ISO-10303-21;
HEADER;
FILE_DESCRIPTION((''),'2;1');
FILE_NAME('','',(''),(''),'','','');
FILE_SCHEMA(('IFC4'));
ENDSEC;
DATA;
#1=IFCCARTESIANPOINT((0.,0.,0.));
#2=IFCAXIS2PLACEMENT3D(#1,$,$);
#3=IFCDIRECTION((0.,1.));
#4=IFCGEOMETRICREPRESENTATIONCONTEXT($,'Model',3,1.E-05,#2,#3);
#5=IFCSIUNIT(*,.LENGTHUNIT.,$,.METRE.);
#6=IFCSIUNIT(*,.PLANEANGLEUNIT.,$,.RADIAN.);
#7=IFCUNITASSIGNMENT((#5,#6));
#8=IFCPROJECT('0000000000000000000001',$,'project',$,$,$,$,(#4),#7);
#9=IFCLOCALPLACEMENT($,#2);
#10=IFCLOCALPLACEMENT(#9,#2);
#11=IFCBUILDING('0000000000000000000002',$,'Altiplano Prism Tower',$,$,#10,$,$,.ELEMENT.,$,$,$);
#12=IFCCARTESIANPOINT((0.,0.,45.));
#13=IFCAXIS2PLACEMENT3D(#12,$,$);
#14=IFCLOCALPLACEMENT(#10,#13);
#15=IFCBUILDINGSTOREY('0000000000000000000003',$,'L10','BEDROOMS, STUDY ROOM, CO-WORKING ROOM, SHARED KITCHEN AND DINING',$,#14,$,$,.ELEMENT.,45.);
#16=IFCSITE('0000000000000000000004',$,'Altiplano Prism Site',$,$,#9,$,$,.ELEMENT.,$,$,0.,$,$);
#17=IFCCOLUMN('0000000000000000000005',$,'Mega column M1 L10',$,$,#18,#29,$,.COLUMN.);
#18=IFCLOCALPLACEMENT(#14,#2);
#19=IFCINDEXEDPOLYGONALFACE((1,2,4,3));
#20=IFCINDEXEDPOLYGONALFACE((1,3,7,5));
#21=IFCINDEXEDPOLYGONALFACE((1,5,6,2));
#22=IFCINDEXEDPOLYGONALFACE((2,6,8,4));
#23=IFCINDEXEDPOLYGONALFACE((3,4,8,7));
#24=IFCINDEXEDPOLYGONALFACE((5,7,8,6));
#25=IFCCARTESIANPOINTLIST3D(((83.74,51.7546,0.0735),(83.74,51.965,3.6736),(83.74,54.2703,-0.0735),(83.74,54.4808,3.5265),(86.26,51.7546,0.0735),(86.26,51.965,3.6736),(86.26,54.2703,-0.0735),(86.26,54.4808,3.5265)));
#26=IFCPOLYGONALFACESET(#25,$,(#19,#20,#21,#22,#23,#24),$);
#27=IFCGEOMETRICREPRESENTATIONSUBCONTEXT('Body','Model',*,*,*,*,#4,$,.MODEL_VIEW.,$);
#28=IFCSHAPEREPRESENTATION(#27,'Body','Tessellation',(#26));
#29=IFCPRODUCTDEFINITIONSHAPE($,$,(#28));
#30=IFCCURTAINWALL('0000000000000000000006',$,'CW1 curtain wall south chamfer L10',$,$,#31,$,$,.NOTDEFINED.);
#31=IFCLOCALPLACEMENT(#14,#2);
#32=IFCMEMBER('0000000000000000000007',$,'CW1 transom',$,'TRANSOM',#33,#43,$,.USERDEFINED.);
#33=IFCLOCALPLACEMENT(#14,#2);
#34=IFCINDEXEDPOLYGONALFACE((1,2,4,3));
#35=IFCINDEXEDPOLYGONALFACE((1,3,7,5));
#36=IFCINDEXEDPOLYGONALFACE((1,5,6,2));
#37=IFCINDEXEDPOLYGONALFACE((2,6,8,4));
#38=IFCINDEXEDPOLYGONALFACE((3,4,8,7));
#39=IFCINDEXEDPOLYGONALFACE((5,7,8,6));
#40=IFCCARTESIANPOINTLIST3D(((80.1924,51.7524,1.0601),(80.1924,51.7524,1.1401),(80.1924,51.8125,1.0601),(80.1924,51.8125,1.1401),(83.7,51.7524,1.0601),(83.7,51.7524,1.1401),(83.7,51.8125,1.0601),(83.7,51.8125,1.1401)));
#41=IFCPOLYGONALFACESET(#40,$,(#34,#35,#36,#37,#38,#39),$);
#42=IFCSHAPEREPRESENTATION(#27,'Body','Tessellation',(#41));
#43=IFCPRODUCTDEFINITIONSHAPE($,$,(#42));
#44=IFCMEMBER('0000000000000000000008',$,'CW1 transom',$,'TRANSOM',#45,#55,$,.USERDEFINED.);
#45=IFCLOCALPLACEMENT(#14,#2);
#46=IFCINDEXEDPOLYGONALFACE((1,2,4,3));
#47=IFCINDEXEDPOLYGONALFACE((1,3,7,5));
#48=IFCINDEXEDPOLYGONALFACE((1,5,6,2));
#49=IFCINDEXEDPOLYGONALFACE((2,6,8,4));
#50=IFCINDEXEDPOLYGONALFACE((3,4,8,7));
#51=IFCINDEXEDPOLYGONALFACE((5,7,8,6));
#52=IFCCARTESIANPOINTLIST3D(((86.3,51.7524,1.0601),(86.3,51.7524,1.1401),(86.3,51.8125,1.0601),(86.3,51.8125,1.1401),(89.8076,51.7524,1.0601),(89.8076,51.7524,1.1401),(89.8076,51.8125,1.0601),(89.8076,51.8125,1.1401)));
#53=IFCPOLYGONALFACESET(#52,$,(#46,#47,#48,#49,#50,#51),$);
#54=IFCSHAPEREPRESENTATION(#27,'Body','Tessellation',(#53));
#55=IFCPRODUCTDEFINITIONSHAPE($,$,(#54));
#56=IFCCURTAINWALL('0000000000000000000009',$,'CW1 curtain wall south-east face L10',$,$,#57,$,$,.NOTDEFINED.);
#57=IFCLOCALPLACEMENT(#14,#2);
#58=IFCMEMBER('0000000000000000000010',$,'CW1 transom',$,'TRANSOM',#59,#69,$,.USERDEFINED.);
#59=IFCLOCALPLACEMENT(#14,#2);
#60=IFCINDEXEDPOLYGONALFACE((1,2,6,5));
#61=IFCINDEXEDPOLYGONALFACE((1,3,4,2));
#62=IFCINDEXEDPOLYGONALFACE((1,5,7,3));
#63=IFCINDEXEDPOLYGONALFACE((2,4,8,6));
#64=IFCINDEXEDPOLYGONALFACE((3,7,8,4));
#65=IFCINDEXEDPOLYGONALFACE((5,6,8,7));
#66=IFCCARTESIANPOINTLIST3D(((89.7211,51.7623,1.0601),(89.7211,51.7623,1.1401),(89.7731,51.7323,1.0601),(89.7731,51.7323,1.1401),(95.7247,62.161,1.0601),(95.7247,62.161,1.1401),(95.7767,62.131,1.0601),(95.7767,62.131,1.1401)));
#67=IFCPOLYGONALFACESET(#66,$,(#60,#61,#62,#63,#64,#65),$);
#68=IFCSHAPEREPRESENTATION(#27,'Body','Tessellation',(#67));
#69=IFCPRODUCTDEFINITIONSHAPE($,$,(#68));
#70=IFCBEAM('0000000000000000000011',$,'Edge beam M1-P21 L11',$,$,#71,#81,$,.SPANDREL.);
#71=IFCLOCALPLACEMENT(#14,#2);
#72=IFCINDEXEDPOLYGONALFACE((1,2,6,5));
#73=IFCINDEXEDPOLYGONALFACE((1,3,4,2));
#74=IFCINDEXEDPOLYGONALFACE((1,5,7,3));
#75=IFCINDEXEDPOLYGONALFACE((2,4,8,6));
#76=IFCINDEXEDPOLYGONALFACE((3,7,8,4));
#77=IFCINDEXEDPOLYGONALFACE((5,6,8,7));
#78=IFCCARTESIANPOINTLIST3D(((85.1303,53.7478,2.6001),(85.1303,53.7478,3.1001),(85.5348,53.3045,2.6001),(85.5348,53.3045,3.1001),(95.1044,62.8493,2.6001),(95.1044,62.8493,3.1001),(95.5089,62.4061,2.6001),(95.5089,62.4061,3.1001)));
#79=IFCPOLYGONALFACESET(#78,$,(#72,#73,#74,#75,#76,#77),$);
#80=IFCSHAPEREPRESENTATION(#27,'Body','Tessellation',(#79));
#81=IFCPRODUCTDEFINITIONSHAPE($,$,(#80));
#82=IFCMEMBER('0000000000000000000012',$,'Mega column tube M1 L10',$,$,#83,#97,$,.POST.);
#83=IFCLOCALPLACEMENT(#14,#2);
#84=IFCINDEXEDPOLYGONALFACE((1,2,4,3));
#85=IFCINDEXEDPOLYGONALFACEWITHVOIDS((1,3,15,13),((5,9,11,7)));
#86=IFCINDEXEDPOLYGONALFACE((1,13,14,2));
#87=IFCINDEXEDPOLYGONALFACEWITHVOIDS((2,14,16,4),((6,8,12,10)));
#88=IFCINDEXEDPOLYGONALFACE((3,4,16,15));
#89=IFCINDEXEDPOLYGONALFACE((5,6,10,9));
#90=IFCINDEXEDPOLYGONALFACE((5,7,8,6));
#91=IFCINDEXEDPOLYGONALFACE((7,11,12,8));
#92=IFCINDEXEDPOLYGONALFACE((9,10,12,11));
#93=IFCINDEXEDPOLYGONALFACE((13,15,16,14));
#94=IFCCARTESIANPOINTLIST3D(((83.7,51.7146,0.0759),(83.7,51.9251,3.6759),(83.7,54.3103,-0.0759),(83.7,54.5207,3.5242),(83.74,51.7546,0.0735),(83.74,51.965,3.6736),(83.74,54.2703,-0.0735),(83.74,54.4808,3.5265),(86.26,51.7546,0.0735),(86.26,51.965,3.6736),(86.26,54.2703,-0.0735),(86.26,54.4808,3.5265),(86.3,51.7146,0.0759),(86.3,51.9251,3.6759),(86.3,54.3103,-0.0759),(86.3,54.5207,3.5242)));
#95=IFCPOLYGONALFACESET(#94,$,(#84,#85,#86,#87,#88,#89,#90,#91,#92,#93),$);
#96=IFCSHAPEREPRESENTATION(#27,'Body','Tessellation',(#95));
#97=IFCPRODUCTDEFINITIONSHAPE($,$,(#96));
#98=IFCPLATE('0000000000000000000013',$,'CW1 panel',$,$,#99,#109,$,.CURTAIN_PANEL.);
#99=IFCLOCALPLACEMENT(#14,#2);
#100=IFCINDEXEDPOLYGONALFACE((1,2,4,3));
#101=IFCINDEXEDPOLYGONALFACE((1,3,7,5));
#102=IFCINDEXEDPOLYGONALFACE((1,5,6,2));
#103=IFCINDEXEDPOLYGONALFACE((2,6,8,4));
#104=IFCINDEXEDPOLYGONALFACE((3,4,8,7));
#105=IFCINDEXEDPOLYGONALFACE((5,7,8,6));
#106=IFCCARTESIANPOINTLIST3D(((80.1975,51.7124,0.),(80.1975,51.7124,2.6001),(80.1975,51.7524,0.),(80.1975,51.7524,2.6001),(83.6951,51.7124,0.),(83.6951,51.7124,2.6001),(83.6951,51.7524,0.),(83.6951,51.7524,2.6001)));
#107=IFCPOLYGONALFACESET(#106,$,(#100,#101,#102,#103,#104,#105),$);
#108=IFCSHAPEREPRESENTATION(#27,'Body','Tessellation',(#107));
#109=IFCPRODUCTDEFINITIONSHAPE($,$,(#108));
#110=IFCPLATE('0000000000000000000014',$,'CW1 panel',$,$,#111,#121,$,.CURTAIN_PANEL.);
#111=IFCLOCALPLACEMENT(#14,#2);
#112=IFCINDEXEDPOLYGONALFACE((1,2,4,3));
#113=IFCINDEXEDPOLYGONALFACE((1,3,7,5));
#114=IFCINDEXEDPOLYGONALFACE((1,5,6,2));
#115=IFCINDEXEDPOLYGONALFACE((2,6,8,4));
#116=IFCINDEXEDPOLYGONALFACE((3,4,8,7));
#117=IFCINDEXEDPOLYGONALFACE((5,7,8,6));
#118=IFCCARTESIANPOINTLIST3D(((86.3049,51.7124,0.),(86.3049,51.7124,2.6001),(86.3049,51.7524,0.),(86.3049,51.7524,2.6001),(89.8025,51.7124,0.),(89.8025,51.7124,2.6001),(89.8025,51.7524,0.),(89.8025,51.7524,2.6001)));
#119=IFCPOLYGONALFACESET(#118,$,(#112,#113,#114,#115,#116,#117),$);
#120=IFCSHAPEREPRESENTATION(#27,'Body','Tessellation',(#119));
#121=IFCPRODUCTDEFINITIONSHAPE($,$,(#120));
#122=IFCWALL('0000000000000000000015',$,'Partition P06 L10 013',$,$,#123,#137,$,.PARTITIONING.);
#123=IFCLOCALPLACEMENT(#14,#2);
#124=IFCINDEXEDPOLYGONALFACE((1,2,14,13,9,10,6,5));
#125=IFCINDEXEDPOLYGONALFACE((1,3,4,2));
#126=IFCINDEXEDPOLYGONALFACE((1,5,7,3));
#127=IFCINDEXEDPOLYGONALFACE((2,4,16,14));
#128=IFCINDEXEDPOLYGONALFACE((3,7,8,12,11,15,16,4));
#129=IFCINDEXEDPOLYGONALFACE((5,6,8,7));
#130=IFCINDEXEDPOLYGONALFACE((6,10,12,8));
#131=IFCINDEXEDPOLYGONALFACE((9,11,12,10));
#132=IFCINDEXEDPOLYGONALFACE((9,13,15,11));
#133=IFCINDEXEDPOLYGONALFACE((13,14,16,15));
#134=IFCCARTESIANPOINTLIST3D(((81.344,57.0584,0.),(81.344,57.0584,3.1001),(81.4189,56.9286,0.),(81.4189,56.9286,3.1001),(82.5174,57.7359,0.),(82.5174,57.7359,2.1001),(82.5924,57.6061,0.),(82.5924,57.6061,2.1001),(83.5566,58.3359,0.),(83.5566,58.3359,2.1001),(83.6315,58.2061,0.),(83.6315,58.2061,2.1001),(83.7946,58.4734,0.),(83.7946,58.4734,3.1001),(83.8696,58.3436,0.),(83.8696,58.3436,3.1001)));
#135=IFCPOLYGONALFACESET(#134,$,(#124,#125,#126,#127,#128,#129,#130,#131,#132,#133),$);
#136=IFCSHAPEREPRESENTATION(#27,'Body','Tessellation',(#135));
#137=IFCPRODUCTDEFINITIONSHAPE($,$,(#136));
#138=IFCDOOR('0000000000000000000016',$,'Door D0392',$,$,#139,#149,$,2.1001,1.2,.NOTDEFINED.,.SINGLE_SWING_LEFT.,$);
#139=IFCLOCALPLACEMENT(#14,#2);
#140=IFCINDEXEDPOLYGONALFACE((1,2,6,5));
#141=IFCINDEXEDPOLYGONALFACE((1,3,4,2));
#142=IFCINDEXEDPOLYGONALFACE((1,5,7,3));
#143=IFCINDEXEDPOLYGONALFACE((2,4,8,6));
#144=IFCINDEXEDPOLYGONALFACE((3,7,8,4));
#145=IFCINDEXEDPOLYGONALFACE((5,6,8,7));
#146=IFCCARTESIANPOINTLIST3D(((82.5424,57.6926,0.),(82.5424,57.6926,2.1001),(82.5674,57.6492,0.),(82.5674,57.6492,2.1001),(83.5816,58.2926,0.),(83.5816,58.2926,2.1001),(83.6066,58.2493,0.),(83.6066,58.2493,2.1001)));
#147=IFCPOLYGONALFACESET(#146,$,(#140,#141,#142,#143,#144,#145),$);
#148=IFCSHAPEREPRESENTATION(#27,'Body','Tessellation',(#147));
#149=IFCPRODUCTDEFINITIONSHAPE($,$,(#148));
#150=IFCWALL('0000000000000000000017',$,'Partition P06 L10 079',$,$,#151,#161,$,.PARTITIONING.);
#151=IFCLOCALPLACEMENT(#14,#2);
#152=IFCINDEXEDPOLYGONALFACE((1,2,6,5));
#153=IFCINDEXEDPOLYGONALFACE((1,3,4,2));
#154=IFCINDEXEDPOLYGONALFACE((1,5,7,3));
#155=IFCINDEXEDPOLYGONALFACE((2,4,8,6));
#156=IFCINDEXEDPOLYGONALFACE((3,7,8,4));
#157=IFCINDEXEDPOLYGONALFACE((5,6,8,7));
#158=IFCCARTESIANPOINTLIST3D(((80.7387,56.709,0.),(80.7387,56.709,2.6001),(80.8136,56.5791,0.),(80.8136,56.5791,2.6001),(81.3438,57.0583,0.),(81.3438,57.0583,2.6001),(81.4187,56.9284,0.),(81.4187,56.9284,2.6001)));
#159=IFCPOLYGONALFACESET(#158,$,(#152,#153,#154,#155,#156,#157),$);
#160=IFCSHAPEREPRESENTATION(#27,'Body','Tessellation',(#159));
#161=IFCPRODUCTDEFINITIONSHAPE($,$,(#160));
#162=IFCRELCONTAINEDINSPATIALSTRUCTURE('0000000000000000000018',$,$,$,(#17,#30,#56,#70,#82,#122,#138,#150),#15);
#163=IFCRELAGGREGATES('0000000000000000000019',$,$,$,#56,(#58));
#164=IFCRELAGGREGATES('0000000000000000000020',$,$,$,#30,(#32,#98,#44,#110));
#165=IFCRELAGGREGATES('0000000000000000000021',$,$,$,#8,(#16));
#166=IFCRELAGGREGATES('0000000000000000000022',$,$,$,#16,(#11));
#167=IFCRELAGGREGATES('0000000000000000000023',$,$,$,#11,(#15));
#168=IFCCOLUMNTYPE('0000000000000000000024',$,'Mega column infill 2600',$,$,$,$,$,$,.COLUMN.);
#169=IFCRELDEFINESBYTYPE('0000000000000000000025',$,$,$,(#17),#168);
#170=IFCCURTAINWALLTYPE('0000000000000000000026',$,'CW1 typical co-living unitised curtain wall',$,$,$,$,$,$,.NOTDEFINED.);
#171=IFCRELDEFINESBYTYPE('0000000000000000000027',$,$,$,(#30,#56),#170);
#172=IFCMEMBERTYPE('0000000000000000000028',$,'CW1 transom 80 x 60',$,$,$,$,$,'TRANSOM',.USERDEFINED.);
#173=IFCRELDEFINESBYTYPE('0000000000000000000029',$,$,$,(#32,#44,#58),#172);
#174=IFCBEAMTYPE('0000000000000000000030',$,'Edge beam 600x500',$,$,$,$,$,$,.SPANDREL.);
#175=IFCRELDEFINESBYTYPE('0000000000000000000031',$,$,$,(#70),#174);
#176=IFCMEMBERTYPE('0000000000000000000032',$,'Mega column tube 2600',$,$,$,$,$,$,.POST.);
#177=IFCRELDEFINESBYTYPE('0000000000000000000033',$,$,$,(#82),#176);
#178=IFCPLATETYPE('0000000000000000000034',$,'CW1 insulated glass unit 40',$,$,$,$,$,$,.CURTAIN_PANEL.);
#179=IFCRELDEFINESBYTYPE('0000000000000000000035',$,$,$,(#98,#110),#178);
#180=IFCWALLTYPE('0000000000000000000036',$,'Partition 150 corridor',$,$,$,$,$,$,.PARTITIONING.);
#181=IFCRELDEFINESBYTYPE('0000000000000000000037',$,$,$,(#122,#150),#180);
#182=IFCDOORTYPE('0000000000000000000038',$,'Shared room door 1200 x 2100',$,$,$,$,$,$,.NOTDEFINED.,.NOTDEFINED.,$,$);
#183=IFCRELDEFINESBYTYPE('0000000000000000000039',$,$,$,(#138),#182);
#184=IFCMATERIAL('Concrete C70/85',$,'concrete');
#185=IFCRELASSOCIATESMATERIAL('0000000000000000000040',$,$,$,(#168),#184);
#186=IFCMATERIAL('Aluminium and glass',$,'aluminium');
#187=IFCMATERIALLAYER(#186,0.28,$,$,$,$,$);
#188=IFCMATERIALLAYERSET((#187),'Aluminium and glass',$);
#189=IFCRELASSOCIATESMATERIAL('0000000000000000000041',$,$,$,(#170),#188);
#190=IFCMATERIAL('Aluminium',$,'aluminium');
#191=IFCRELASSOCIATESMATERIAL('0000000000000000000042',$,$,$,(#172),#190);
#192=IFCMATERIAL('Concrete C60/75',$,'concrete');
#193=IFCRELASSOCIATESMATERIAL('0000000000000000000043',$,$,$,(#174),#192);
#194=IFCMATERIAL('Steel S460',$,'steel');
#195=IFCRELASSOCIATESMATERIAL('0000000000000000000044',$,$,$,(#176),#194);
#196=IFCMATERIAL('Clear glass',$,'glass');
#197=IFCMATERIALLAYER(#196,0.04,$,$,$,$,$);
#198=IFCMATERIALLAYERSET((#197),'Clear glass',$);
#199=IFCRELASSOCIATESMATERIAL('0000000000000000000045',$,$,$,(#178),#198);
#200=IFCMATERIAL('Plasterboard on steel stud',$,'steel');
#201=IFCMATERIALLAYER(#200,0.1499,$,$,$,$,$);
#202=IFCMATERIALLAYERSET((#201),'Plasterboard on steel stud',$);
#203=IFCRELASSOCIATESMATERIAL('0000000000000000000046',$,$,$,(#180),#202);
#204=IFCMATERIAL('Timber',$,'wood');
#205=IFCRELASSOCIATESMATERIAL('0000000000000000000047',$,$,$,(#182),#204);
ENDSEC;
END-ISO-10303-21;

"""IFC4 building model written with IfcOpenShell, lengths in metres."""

from ifc_helpers import new_model, si_unit, direction, frame, frame_2d, origin, origin_2d, place, context, subcontext, project, spatial, rectangle, hollow_rectangle, extrude, material, layer, layer_set, material_profile, profile_set, type_object, element, fill, aggregate, save


model = new_model("IFC4")

# Units and contexts
model_context = context("Model", 3, precision=1e-05, world=origin(), true_north=direction((0.0, 1.0)))
body_context = subcontext(model_context, "Body", "Model", "MODEL_VIEW")
ifc_project = project(units=[si_unit("LENGTHUNIT", "METRE"), si_unit("PLANEANGLEUNIT", "RADIAN")], contexts=[model_context])

# Site, building, storey
site_placement = place(None, origin())
site = spatial("IfcSite", under=ifc_project, at=site_placement, Name="Altiplano Prism Site", CompositionType="ELEMENT", RefElevation=0.0)
building_placement = place(site_placement, origin())
building = spatial("IfcBuilding", under=site, at=building_placement, Name="Altiplano Prism Tower", CompositionType="ELEMENT")
storey_placement = place(building_placement, frame((0.0, 0.0, 45.0)))
storey = spatial("IfcBuildingStorey", under=building, at=storey_placement, Name="L10", Description="BEDROOMS, STUDY ROOM, CO-WORKING ROOM, SHARED KITCHEN AND DINING", CompositionType="ELEMENT", Elevation=45.0)

# Column
ifc_material_1 = material(Name="Concrete C70/85", Category="concrete")
ifc_material_profile_1 = material_profile(ifc_material_1, rectangle(XDim=2.52, YDim=2.52, at=origin_2d()), Name="Mega column infill 2600")
ifc_profile_set_1 = profile_set([ifc_material_profile_1], Name="Concrete C70/85")
column_type = type_object("IfcColumnType", Name="Mega column infill 2600", PredefinedType="COLUMN", material=ifc_profile_set_1)
column_placement = place(storey_placement, frame((85.0, 53.0125, 0.0), z_axis=(0.0, 0.058357, 0.998296), x_axis=(-1.0, 0.0, 0.0)))
element("IfcColumn", 1, at=column_placement, inside=storey, type_object=column_type, Name="Mega column M1 L10", PredefinedType="COLUMN", context=body_context, shape_type="SweptSolid", body=[
    extrude(rectangle(XDim=2.52, YDim=2.52, at=origin_2d()), origin(), (0.0, 0.0, 1.0), 3.6062),
])

# Curtain wall, members
ifc_material_2 = material(Name="Aluminium and glass", Category="aluminium")
ifc_layer_1 = layer(ifc_material_2, 0.28)
ifc_layer_set_1 = layer_set([ifc_layer_1], Name="Aluminium and glass")
curtain_wall_type = type_object("IfcCurtainWallType", Name="CW1 typical co-living unitised curtain wall", PredefinedType="NOTDEFINED", material=ifc_layer_set_1)
curtain_wall_1_placement = place(storey_placement, origin())
curtain_wall_1 = element("IfcCurtainWall", 2, at=curtain_wall_1_placement, inside=storey, type_object=curtain_wall_type, Name="CW1 curtain wall south chamfer L10", PredefinedType="NOTDEFINED")
ifc_material_3 = material(Name="Aluminium", Category="aluminium")
ifc_material_profile_2 = material_profile(ifc_material_3, rectangle(XDim=0.0601, YDim=0.0801, at=origin_2d()), Name="CW1 transom 80 x 60")
ifc_profile_set_2 = profile_set([ifc_material_profile_2], Name="Aluminium")
member_type_1 = type_object("IfcMemberType", Name="CW1 transom 80 x 60", ElementType="TRANSOM", PredefinedType="USERDEFINED", material=ifc_profile_set_2)
member_1_placement = place(storey_placement, frame((80.1924, 51.7825, 1.1001), z_axis=(1.0, 0.0, 0.0), x_axis=(0.0, 1.0, 0.0)))
member_1 = element("IfcMember", 3, at=member_1_placement, type_object=member_type_1, Name="CW1 transom", ObjectType="TRANSOM", PredefinedType="USERDEFINED", context=body_context, shape_type="SweptSolid", body=[
    extrude(rectangle(XDim=0.0601, YDim=0.0801, at=origin_2d()), origin(), (0.0, 0.0, 1.0), 3.5076),
])
member_2_placement = place(storey_placement, frame((86.3, 51.7825, 1.1001), z_axis=(1.0, 0.0, 0.0), x_axis=(0.0, 1.0, 0.0)))
member_2 = element("IfcMember", 4, at=member_2_placement, type_object=member_type_1, Name="CW1 transom", ObjectType="TRANSOM", PredefinedType="USERDEFINED", context=body_context, shape_type="SweptSolid", body=[
    extrude(rectangle(XDim=0.0601, YDim=0.0801, at=origin_2d()), origin(), (0.0, 0.0, 1.0), 3.5076),
])

# Curtain wall, member
curtain_wall_2_placement = place(storey_placement, origin())
curtain_wall_2 = element("IfcCurtainWall", 5, at=curtain_wall_2_placement, inside=storey, type_object=curtain_wall_type, Name="CW1 curtain wall south-east face L10", PredefinedType="NOTDEFINED")
member_3_placement = place(storey_placement, frame((89.7471, 51.7473, 1.1001), z_axis=(0.499999, 0.866026, 0.0), x_axis=(-0.866026, 0.499999, 0.0)))
member_3 = element("IfcMember", 6, at=member_3_placement, type_object=member_type_1, Name="CW1 transom", ObjectType="TRANSOM", PredefinedType="USERDEFINED", context=body_context, shape_type="SweptSolid", body=[
    extrude(rectangle(XDim=0.0601, YDim=0.0801, at=origin_2d()), origin(), (0.0, 0.0, 1.0), 12.0073),
])
aggregate(curtain_wall_2, [member_3])

# Beam
ifc_material_4 = material(Name="Concrete C60/75", Category="concrete")
ifc_material_profile_3 = material_profile(ifc_material_4, rectangle(XDim=0.6001, YDim=0.5, at=origin_2d()), Name="Edge beam 600x500")
ifc_profile_set_3 = profile_set([ifc_material_profile_3], Name="Concrete C60/75")
beam_type = type_object("IfcBeamType", Name="Edge beam 600x500", PredefinedType="SPANDREL", material=ifc_profile_set_3)
beam_placement = place(storey_placement, frame((85.3325, 53.5261, 2.8501), z_axis=(0.738679, 0.674058, 0.0), x_axis=(-0.674058, 0.738679, 0.0)))
element("IfcBeam", 7, at=beam_placement, inside=storey, type_object=beam_type, Name="Edge beam M1-P21 L11", PredefinedType="SPANDREL", context=body_context, shape_type="SweptSolid", body=[
    extrude(rectangle(XDim=0.6001, YDim=0.5, at=origin_2d()), origin(), (0.0, 0.0, 1.0), 13.5027),
])

# Member
ifc_material_5 = material(Name="Steel S460", Category="steel")
ifc_material_profile_4 = material_profile(ifc_material_5, hollow_rectangle(XDim=2.6001, YDim=2.6001, WallThickness=0.04, at=origin_2d()), Name="Mega column tube 2600")
ifc_profile_set_4 = profile_set([ifc_material_profile_4], Name="Steel S460")
member_type_2 = type_object("IfcMemberType", Name="Mega column tube 2600", PredefinedType="POST", material=ifc_profile_set_4)
member_4_placement = place(storey_placement, frame((85.0, 53.0125, 0.0), z_axis=(0.0, 0.058357, 0.998296), x_axis=(-1.0, 0.0, 0.0)))
element("IfcMember", 8, at=member_4_placement, inside=storey, type_object=member_type_2, Name="Mega column tube M1 L10", PredefinedType="POST", context=body_context, shape_type="SweptSolid", body=[
    extrude(hollow_rectangle(XDim=2.6001, YDim=2.6001, WallThickness=0.04, at=origin_2d()), origin(), (0.0, 0.0, 1.0), 3.6062),
])

# Plates
ifc_material_6 = material(Name="Clear glass", Category="glass")
ifc_layer_2 = layer(ifc_material_6, 0.04)
ifc_layer_set_2 = layer_set([ifc_layer_2], Name="Clear glass")
plate_type = type_object("IfcPlateType", Name="CW1 insulated glass unit 40", PredefinedType="CURTAIN_PANEL", material=ifc_layer_set_2)
plate_1_placement = place(storey_placement, frame((81.9463, 51.7324, 0.0), z_axis=(0.0, 0.0, 1.0), x_axis=(1.0, 0.0, 0.0)))
plate_1 = element("IfcPlate", 9, at=plate_1_placement, type_object=plate_type, Name="CW1 panel", PredefinedType="CURTAIN_PANEL", context=body_context, shape_type="SweptSolid", body=[
    extrude(rectangle(XDim=3.4976, YDim=0.04, at=origin_2d()), origin(), (0.0, 0.0, 1.0), 2.6001),
])
plate_2_placement = place(storey_placement, frame((88.0537, 51.7324, 0.0), z_axis=(0.0, 0.0, 1.0), x_axis=(1.0, 0.0, 0.0)))
plate_2 = element("IfcPlate", 10, at=plate_2_placement, type_object=plate_type, Name="CW1 panel", PredefinedType="CURTAIN_PANEL", context=body_context, shape_type="SweptSolid", body=[
    extrude(rectangle(XDim=3.4976, YDim=0.04, at=origin_2d()), origin(), (0.0, 0.0, 1.0), 2.6001),
])
aggregate(curtain_wall_1, [member_1, plate_1, member_2, plate_2])

# Wall, opening, door
ifc_material_7 = material(Name="Plasterboard on steel stud", Category="steel")
ifc_layer_3 = layer(ifc_material_7, 0.1499)
ifc_layer_set_3 = layer_set([ifc_layer_3], Name="Plasterboard on steel stud")
wall_type = type_object("IfcWallType", Name="Partition 150 corridor", PredefinedType="PARTITIONING", material=ifc_layer_set_3)
wall_1_placement = place(storey_placement, frame((81.3813, 56.9934, 0.0), z_axis=(0.0, 0.0, 1.0), x_axis=(0.866005, 0.500036, 0.0)))
wall_1 = element("IfcWall", 11, at=wall_1_placement, inside=storey, type_object=wall_type, Name="Partition P06 L10 013", PredefinedType="PARTITIONING", context=body_context, shape_type="SweptSolid", body=[
    extrude(rectangle(XDim=2.8298, YDim=0.1499, at=frame_2d((1.415, 0.0))), origin(), (0.0, 0.0, 1.0), 3.1001),
])
opening_placement = place(wall_1_placement, frame((1.355, 0.0, 0.0)))
opening = element("IfcOpeningElement", 12, at=opening_placement, cuts=wall_1, PredefinedType="OPENING", context=body_context, shape_type="SweptSolid", body=[
    extrude(rectangle(XDim=1.2, YDim=2.1001, at=frame_2d((0.6001, 1.05))), frame((0.0, 0.0854, 0.0), z_axis=(0.0, -1.0, 0.0), x_axis=(1.0, 0.0, 0.0)), (0.0, 0.0, 1.0), 0.1709),
])
ifc_material_8 = material(Name="Timber", Category="wood")
door_type = type_object("IfcDoorType", Name="Shared room door 1200 x 2100", OperationType="NOTDEFINED", PredefinedType="NOTDEFINED", material=ifc_material_8)
door_placement = place(opening_placement, origin())
door = element("IfcDoor", 13, at=door_placement, inside=storey, type_object=door_type, Name="Door D0392", OperationType="SINGLE_SWING_LEFT", OverallHeight=2.1001, OverallWidth=1.2, PredefinedType="NOTDEFINED", context=body_context, shape_type="SweptSolid", body=[
    extrude(rectangle(XDim=1.2, YDim=2.1001, at=frame_2d((0.6001, 1.05))), frame((0.0, 0.0249, 0.0), z_axis=(0.0, -1.0, 0.0), x_axis=(1.0, 0.0, 0.0)), (0.0, 0.0, 1.0), 0.05),
])
fill(opening, door)

# Wall
wall_2_placement = place(storey_placement, frame((80.7761, 56.644, 0.0), z_axis=(0.0, 0.0, 1.0), x_axis=(0.866063, 0.499934, 0.0)))
element("IfcWall", 14, at=wall_2_placement, inside=storey, type_object=wall_type, Name="Partition P06 L10 079", PredefinedType="PARTITIONING", context=body_context, shape_type="SweptSolid", body=[
    extrude(rectangle(XDim=0.6987, YDim=0.1499, at=frame_2d((0.3494, 0.0))), origin(), (0.0, 0.0, 1.0), 2.6001),
])

save(model, "model.ifc")
